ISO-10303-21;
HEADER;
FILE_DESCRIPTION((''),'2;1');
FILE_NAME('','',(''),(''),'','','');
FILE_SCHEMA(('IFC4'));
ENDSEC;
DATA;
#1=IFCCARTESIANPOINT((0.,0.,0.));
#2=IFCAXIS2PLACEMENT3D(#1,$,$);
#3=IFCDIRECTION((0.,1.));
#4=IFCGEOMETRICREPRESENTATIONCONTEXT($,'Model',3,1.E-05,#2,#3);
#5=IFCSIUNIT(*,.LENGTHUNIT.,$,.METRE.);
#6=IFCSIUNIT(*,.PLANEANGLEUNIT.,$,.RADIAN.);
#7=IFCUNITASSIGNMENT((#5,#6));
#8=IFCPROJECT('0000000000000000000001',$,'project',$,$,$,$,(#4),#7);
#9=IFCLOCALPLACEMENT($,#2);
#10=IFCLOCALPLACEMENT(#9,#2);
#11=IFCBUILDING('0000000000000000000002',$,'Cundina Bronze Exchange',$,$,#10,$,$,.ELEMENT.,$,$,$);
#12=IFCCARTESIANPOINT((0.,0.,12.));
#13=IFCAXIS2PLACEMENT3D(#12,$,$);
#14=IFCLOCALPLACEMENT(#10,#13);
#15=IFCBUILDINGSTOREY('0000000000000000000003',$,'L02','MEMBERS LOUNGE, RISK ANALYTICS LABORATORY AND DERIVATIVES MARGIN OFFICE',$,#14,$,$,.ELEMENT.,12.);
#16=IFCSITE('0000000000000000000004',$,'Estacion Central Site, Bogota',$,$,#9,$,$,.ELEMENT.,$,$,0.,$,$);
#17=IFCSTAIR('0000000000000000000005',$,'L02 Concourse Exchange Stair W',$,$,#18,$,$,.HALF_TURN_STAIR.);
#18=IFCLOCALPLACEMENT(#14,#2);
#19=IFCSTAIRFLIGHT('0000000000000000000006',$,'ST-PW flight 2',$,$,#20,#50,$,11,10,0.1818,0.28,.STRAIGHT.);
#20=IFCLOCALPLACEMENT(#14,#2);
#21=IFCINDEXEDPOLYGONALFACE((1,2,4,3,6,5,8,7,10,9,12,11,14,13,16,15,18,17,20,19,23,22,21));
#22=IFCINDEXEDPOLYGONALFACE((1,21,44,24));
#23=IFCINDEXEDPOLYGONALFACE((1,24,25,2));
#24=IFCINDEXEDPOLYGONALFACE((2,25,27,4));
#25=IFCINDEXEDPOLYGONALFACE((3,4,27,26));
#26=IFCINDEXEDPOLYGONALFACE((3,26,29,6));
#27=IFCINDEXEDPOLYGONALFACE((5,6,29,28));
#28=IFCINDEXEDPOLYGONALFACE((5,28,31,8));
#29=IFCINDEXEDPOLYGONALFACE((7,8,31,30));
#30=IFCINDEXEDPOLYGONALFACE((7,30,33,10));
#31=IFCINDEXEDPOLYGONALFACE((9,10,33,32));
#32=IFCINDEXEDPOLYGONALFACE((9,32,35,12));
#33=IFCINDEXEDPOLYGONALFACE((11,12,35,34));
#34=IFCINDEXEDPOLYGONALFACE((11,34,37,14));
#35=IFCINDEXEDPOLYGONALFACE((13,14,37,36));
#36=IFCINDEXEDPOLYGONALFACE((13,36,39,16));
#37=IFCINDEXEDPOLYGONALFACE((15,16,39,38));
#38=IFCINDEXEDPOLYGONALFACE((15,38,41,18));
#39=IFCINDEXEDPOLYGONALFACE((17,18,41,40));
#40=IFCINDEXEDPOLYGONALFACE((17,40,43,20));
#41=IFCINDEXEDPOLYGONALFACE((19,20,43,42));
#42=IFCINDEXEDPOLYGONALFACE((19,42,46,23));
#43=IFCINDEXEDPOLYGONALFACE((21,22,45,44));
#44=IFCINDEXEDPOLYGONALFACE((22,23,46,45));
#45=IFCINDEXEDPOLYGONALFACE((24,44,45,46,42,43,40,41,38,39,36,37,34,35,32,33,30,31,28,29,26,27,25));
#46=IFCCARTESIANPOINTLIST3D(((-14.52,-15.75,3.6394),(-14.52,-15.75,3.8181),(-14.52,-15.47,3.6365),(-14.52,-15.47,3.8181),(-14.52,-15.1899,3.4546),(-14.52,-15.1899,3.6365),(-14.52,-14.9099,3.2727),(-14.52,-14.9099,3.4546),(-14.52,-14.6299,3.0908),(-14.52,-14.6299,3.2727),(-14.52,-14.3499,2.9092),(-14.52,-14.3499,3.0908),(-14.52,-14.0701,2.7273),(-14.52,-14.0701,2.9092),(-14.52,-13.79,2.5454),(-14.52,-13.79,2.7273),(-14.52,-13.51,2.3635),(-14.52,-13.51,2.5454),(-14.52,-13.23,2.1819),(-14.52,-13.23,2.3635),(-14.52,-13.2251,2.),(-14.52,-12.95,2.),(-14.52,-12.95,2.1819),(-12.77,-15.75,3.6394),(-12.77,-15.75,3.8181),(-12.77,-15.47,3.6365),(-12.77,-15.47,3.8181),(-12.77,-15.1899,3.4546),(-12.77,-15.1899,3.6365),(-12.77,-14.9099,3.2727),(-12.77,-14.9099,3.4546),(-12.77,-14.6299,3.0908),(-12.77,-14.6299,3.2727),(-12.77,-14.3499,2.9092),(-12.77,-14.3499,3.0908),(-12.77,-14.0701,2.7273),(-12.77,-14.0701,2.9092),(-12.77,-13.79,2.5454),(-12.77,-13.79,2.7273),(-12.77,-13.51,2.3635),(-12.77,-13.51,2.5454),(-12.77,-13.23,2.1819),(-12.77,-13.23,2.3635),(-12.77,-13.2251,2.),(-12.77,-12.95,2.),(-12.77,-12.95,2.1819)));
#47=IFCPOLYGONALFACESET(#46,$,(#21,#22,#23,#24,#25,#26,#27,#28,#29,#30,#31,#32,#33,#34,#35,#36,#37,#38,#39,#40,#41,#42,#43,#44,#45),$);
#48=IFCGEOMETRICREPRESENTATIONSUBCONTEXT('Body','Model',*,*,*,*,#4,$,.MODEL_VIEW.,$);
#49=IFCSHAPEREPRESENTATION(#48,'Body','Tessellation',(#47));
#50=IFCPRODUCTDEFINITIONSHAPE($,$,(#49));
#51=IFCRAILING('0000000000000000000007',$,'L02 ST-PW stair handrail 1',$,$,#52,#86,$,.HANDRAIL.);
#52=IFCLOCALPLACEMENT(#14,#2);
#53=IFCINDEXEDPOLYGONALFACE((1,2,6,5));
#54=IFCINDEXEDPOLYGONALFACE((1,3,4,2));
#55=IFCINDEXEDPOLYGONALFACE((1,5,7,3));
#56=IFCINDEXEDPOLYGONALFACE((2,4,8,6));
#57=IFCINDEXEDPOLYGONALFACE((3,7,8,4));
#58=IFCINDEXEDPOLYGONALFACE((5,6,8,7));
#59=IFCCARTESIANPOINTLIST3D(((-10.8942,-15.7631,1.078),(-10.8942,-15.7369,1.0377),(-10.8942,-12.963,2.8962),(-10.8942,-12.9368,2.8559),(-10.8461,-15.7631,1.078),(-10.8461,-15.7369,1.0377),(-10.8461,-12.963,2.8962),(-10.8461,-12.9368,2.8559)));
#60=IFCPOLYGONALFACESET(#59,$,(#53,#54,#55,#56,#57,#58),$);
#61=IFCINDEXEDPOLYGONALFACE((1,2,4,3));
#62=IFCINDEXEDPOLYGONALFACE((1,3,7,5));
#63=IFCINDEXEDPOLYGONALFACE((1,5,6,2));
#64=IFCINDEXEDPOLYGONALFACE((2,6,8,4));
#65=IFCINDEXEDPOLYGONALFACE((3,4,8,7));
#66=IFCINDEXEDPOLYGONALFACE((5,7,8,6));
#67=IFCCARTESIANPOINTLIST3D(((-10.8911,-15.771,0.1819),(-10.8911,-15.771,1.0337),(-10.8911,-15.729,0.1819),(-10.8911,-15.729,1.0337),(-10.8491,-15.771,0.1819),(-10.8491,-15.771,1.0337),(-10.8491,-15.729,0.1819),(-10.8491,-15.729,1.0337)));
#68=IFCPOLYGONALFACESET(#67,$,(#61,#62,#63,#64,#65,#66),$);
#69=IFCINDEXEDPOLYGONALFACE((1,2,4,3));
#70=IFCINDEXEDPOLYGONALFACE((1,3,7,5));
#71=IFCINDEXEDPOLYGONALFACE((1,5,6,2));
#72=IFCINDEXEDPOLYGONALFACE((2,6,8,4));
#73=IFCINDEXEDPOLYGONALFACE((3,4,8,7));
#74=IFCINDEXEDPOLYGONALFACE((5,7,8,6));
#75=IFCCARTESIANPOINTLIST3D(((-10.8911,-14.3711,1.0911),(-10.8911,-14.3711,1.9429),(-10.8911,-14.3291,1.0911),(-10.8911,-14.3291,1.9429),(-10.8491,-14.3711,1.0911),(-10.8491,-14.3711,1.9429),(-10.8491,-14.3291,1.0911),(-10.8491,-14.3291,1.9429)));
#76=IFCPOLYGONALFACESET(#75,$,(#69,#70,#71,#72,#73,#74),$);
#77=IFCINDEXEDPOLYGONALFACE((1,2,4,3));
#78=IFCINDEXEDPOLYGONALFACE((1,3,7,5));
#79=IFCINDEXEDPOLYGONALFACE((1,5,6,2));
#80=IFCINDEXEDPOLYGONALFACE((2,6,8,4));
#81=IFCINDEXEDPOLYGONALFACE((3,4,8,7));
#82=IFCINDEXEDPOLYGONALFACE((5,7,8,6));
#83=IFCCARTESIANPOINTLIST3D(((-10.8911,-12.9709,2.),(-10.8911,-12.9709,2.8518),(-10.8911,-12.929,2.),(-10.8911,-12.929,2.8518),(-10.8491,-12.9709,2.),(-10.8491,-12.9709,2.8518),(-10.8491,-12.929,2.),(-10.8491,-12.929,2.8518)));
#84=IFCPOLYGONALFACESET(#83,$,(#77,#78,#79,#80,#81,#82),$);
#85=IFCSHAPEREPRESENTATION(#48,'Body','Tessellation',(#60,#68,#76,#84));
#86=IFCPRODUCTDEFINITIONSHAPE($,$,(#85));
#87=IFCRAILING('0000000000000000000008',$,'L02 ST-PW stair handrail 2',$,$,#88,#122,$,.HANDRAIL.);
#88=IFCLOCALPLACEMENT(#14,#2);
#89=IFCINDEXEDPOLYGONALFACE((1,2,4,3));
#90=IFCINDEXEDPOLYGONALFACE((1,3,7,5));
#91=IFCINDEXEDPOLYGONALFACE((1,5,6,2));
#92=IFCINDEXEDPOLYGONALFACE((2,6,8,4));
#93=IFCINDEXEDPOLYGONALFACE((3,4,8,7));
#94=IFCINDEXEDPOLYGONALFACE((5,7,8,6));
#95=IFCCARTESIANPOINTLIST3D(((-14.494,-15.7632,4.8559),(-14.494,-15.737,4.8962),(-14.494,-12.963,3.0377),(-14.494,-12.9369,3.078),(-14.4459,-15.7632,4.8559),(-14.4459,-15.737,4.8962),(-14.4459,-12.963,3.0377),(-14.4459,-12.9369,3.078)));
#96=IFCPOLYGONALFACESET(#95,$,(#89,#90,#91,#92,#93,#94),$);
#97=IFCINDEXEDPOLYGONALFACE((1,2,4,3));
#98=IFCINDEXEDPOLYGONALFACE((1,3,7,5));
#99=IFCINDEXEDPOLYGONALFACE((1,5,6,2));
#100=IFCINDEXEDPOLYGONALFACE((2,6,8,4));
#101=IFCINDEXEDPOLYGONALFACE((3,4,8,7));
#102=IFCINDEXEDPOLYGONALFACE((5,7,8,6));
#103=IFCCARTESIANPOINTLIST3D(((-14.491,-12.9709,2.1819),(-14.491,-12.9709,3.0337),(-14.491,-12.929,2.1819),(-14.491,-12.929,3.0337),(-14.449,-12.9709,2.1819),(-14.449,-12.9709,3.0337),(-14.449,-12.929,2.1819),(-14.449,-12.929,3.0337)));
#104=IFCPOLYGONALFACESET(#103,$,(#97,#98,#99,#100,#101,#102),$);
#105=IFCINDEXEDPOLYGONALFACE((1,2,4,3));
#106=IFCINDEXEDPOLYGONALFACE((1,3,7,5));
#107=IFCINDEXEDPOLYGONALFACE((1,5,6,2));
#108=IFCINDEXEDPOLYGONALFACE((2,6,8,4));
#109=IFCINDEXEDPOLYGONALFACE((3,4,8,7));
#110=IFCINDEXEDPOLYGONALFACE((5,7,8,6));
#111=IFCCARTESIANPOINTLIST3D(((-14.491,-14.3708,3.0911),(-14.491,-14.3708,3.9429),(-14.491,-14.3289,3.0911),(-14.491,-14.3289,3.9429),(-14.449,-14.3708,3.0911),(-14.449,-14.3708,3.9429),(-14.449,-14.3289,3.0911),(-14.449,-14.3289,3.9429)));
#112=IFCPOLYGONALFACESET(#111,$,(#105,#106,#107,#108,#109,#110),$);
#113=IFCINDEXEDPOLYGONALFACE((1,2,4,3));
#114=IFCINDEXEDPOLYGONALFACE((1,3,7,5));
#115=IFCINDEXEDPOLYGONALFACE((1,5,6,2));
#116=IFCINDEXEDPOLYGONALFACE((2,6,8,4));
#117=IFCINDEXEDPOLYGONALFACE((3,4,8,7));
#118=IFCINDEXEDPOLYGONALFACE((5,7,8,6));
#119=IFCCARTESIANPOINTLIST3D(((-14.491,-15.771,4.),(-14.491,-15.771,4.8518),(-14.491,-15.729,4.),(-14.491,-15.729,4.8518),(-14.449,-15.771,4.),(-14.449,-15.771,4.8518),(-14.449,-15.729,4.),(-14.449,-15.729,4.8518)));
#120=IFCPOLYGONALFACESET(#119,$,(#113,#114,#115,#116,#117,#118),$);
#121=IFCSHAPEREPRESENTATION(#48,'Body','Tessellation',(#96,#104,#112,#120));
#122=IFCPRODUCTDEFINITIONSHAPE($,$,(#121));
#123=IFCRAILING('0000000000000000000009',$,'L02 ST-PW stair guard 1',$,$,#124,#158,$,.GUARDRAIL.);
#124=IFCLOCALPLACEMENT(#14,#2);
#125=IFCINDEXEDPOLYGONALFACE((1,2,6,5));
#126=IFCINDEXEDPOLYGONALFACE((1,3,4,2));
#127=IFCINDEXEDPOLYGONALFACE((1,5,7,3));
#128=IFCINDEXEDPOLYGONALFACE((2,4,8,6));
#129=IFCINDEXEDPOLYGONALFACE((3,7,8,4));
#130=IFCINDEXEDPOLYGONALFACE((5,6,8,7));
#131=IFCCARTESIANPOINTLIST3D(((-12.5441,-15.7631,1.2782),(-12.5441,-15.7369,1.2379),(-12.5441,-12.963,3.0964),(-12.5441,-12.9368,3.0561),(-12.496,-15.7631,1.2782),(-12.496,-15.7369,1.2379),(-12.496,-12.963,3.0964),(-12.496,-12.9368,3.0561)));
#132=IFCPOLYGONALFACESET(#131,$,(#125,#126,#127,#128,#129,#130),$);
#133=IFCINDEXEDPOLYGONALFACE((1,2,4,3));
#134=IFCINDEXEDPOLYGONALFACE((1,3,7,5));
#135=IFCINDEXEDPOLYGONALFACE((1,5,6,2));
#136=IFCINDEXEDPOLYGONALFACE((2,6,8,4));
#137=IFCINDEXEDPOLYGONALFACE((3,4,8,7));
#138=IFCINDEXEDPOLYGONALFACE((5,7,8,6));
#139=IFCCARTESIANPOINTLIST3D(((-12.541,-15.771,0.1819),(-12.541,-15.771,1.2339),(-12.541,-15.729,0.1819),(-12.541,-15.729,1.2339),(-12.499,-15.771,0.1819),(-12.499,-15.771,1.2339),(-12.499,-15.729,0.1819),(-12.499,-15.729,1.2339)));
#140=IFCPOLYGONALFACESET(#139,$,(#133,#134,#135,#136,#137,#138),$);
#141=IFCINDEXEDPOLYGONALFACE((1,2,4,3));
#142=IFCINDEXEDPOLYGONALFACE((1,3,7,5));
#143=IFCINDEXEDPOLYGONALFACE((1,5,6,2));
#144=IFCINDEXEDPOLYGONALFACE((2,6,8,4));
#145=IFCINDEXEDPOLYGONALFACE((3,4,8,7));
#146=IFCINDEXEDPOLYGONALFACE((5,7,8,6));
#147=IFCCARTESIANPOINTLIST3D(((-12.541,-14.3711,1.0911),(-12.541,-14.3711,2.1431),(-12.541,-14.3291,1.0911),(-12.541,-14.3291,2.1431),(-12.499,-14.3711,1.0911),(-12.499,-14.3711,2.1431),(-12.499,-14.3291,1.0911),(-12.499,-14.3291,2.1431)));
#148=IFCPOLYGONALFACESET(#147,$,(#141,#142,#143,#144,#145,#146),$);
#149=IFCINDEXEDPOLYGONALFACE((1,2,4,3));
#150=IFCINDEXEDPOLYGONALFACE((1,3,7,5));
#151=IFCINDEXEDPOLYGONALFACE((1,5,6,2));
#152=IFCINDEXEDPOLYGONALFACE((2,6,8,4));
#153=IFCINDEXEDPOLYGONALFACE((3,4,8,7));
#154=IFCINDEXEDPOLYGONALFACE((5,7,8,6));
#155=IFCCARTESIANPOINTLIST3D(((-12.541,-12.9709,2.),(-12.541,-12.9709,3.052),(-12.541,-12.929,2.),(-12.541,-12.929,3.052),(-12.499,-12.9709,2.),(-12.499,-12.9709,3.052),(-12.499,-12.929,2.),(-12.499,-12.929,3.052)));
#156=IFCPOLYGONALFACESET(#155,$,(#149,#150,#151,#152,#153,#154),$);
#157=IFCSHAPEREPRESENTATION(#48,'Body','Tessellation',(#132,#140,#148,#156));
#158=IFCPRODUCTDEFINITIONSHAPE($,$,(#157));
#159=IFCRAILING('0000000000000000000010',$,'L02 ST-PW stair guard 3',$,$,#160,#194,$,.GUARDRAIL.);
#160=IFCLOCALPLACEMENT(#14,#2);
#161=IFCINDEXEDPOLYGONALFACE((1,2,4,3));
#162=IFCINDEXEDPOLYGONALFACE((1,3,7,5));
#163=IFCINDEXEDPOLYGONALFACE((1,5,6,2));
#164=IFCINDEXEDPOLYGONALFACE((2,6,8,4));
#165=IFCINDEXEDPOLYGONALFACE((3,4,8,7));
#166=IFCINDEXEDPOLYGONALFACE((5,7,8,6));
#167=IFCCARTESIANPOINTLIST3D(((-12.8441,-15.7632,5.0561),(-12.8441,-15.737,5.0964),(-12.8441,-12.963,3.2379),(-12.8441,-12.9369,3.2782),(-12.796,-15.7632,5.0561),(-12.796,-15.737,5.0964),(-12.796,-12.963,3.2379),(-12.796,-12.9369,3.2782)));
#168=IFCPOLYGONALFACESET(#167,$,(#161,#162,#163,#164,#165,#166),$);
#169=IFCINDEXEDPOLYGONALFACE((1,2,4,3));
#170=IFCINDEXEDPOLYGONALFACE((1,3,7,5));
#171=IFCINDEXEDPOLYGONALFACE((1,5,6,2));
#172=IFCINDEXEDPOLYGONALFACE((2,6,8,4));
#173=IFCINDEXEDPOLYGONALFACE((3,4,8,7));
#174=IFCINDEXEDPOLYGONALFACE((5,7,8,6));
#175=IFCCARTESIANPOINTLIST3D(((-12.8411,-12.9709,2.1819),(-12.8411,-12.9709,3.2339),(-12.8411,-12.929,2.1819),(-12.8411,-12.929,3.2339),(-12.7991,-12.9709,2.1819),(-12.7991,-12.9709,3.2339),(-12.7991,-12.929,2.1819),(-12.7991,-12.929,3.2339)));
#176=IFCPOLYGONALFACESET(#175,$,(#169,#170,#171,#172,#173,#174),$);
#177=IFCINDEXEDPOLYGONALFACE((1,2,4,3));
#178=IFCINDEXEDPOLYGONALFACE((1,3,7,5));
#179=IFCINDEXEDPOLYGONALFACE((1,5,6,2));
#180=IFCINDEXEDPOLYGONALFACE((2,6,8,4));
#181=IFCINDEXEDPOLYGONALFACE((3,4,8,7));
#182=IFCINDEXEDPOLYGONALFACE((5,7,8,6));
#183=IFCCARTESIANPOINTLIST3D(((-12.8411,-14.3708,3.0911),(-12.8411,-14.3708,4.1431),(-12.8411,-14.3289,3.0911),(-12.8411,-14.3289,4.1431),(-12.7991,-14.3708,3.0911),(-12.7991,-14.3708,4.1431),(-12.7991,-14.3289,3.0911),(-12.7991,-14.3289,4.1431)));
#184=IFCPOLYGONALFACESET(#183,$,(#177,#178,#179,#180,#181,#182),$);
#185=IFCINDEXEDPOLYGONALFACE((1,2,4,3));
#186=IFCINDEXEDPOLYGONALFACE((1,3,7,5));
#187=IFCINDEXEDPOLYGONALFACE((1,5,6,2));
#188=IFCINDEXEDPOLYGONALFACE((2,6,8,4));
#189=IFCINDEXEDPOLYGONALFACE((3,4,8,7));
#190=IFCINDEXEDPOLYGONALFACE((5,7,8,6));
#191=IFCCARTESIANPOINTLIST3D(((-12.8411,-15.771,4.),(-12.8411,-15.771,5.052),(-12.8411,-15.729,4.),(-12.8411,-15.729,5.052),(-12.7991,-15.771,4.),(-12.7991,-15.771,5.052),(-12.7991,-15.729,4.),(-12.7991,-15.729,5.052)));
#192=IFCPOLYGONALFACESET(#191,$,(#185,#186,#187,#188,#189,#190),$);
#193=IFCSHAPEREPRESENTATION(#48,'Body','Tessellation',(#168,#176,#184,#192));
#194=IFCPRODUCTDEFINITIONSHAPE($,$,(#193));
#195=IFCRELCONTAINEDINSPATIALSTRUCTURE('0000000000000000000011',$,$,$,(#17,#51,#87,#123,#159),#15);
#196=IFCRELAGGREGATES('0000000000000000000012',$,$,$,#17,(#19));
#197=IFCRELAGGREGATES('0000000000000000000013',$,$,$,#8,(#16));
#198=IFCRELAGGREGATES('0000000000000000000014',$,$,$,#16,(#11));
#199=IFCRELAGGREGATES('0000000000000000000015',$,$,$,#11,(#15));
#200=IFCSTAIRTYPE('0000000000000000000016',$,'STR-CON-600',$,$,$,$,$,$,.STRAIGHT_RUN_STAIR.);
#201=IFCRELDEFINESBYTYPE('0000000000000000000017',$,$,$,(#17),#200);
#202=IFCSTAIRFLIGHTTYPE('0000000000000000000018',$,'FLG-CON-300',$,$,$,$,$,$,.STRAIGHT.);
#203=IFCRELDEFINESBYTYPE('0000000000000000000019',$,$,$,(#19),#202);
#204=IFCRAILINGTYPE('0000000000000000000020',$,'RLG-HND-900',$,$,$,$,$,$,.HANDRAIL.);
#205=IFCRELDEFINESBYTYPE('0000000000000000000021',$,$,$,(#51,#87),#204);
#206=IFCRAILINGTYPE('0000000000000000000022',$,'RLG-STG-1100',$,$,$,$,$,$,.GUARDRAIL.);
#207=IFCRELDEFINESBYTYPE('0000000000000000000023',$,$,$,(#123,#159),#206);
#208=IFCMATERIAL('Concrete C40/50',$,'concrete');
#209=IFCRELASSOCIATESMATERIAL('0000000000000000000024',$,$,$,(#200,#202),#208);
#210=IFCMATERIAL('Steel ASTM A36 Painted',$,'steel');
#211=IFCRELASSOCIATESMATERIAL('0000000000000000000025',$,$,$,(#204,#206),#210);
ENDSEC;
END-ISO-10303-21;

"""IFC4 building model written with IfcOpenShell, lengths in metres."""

from ifc_helpers import new_model, si_unit, direction, frame, origin, origin_2d, place, context, subcontext, project, spatial, polyline, rectangle, outline, extrude, material, type_object, element, aggregate, save


model = new_model("IFC4")

# Units and contexts
model_context = context("Model", 3, precision=1e-05, world=origin(), true_north=direction((0.0, 1.0)))
body_context = subcontext(model_context, "Body", "Model", "MODEL_VIEW")
ifc_project = project(units=[si_unit("LENGTHUNIT", "METRE"), si_unit("PLANEANGLEUNIT", "RADIAN")], contexts=[model_context])

# Site, building, storey
site_placement = place(None, origin())
site = spatial("IfcSite", under=ifc_project, at=site_placement, Name="Estacion Central Site, Bogota", CompositionType="ELEMENT", RefElevation=0.0)
building_placement = place(site_placement, origin())
building = spatial("IfcBuilding", under=site, at=building_placement, Name="Cundina Bronze Exchange", CompositionType="ELEMENT")
storey_placement = place(building_placement, frame((0.0, 0.0, 12.0)))
storey = spatial("IfcBuildingStorey", under=building, at=storey_placement, Name="L02", Description="MEMBERS LOUNGE, RISK ANALYTICS LABORATORY AND DERIVATIVES MARGIN OFFICE", CompositionType="ELEMENT", Elevation=12.0)

# Shared definitions
ifc_material_1 = material(Name="Concrete C40/50", Category="concrete")

# Shared definitions
ifc_material_2 = material(Name="Steel ASTM A36 Painted", Category="steel")

# Stair, stair flight
stair_type = type_object("IfcStairType", Name="STR-CON-600", PredefinedType="STRAIGHT_RUN_STAIR", material=ifc_material_1)
stair_placement = place(storey_placement, origin())
stair = element("IfcStair", 1, at=stair_placement, inside=storey, type_object=stair_type, Name="L02 Concourse Exchange Stair W", PredefinedType="HALF_TURN_STAIR")
stair_flight_type = type_object("IfcStairFlightType", Name="FLG-CON-300", PredefinedType="STRAIGHT", material=ifc_material_1)
stair_flight_1_placement = place(storey_placement, frame((-13.645, -12.95, 2.0), z_axis=(0.0, 0.0, 1.0), x_axis=(0.0, -1.0, 0.0)))
stair_flight_1 = element("IfcStairFlight", 2, at=stair_flight_1_placement, type_object=stair_flight_type, Name="ST-PW flight 2", NumberOfRisers=11, NumberOfTreads=10, PredefinedType="STRAIGHT", RiserHeight=0.1818, TreadLength=0.28, context=body_context, shape_type="SweptSolid", body=[
    extrude(outline(polyline([(0.0, 0.0), (0.0, 0.1819), (0.28, 0.1819), (0.28, 0.3635), (0.5601, 0.3635), (0.5601, 0.5454), (0.8401, 0.5454), (0.8401, 0.7273), (1.1201, 0.7273), (1.1201, 0.9092), (1.3999, 0.9092), (1.3999, 1.0908), (1.6799, 1.0908), (1.6799, 1.2727), (1.96, 1.2727), (1.96, 1.4546), (2.24, 1.4546), (2.24, 1.6365), (2.52, 1.6365), (2.52, 1.8181), (2.8, 1.8181), (2.8, 2.0), (2.8, 1.6394), (0.2751, 0.0), (0.0, 0.0)])), frame((0.0, 0.875, 0.0), z_axis=(0.0, -1.0, 0.0), x_axis=(1.0, 0.0, 0.0)), (0.0, 0.0, 1.0), 1.75),
])
aggregate(stair, [stair_flight_1])

# Railings
railing_type_1 = type_object("IfcRailingType", Name="RLG-HND-900", PredefinedType="HANDRAIL", material=ifc_material_2)
railing_1_placement = place(storey_placement, frame((-10.8701, -15.75, 0.1819)))
element("IfcRailing", 3, at=railing_1_placement, inside=storey, type_object=railing_type_1, Name="L02 ST-PW stair handrail 1", PredefinedType="HANDRAIL", context=body_context, shape_type="SweptSolid", body=[
    extrude(rectangle(XDim=0.0481, YDim=0.0481, at=origin_2d()), frame((0.0, 0.0, 0.876), z_axis=(0.0, 0.838706, 0.544585), x_axis=(-1.0, 0.0, 0.0)), (0.0, 0.0, 1.0), 3.3386),
    extrude(rectangle(XDim=0.042, YDim=0.042, at=origin_2d()), origin(), (0.0, 0.0, 1.0), 0.8518),
    extrude(rectangle(XDim=0.042, YDim=0.042, at=origin_2d()), frame((0.0, 1.3999, 0.9092)), (0.0, 0.0, 1.0), 0.8518),
    extrude(rectangle(XDim=0.042, YDim=0.042, at=origin_2d()), frame((0.0, 2.8, 1.8181)), (0.0, 0.0, 1.0), 0.8518),
])
railing_2_placement = place(storey_placement, frame((-14.47, -12.95, 2.1819)))
element("IfcRailing", 4, at=railing_2_placement, inside=storey, type_object=railing_type_1, Name="L02 ST-PW stair handrail 2", PredefinedType="HANDRAIL", context=body_context, shape_type="SweptSolid", body=[
    extrude(rectangle(XDim=0.0481, YDim=0.0481, at=origin_2d()), frame((0.0, 0.0, 0.876), z_axis=(0.0, -0.838706, 0.544585), x_axis=(1.0, 0.0, 0.0)), (0.0, 0.0, 1.0), 3.3386),
    extrude(rectangle(XDim=0.042, YDim=0.042, at=origin_2d()), origin(), (0.0, 0.0, 1.0), 0.8518),
    extrude(rectangle(XDim=0.042, YDim=0.042, at=origin_2d()), frame((0.0, -1.3999, 0.9092)), (0.0, 0.0, 1.0), 0.8518),
    extrude(rectangle(XDim=0.042, YDim=0.042, at=origin_2d()), frame((0.0, -2.8, 1.8181)), (0.0, 0.0, 1.0), 0.8518),
])
railing_type_2 = type_object("IfcRailingType", Name="RLG-STG-1100", PredefinedType="GUARDRAIL", material=ifc_material_2)
railing_3_placement = place(storey_placement, frame((-12.52, -15.75, 0.1819)))
element("IfcRailing", 5, at=railing_3_placement, inside=storey, type_object=railing_type_2, Name="L02 ST-PW stair guard 1", PredefinedType="GUARDRAIL", context=body_context, shape_type="SweptSolid", body=[
    extrude(rectangle(XDim=0.0481, YDim=0.0481, at=origin_2d()), frame((0.0, 0.0, 1.0762), z_axis=(0.0, 0.838706, 0.544585), x_axis=(-1.0, 0.0, 0.0)), (0.0, 0.0, 1.0), 3.3386),
    extrude(rectangle(XDim=0.042, YDim=0.042, at=origin_2d()), origin(), (0.0, 0.0, 1.0), 1.052),
    extrude(rectangle(XDim=0.042, YDim=0.042, at=origin_2d()), frame((0.0, 1.3999, 0.9092)), (0.0, 0.0, 1.0), 1.052),
    extrude(rectangle(XDim=0.042, YDim=0.042, at=origin_2d()), frame((0.0, 2.8, 1.8181)), (0.0, 0.0, 1.0), 1.052),
])
railing_4_placement = place(storey_placement, frame((-12.8201, -12.95, 2.1819)))
element("IfcRailing", 6, at=railing_4_placement, inside=storey, type_object=railing_type_2, Name="L02 ST-PW stair guard 3", PredefinedType="GUARDRAIL", context=body_context, shape_type="SweptSolid", body=[
    extrude(rectangle(XDim=0.0481, YDim=0.0481, at=origin_2d()), frame((0.0, 0.0, 1.0762), z_axis=(0.0, -0.838706, 0.544585), x_axis=(1.0, 0.0, 0.0)), (0.0, 0.0, 1.0), 3.3386),
    extrude(rectangle(XDim=0.042, YDim=0.042, at=origin_2d()), origin(), (0.0, 0.0, 1.0), 1.052),
    extrude(rectangle(XDim=0.042, YDim=0.042, at=origin_2d()), frame((0.0, -1.3999, 0.9092)), (0.0, 0.0, 1.0), 1.052),
    extrude(rectangle(XDim=0.042, YDim=0.042, at=origin_2d()), frame((0.0, -2.8, 1.8181)), (0.0, 0.0, 1.0), 1.052),
])

save(model, "model.ifc")
